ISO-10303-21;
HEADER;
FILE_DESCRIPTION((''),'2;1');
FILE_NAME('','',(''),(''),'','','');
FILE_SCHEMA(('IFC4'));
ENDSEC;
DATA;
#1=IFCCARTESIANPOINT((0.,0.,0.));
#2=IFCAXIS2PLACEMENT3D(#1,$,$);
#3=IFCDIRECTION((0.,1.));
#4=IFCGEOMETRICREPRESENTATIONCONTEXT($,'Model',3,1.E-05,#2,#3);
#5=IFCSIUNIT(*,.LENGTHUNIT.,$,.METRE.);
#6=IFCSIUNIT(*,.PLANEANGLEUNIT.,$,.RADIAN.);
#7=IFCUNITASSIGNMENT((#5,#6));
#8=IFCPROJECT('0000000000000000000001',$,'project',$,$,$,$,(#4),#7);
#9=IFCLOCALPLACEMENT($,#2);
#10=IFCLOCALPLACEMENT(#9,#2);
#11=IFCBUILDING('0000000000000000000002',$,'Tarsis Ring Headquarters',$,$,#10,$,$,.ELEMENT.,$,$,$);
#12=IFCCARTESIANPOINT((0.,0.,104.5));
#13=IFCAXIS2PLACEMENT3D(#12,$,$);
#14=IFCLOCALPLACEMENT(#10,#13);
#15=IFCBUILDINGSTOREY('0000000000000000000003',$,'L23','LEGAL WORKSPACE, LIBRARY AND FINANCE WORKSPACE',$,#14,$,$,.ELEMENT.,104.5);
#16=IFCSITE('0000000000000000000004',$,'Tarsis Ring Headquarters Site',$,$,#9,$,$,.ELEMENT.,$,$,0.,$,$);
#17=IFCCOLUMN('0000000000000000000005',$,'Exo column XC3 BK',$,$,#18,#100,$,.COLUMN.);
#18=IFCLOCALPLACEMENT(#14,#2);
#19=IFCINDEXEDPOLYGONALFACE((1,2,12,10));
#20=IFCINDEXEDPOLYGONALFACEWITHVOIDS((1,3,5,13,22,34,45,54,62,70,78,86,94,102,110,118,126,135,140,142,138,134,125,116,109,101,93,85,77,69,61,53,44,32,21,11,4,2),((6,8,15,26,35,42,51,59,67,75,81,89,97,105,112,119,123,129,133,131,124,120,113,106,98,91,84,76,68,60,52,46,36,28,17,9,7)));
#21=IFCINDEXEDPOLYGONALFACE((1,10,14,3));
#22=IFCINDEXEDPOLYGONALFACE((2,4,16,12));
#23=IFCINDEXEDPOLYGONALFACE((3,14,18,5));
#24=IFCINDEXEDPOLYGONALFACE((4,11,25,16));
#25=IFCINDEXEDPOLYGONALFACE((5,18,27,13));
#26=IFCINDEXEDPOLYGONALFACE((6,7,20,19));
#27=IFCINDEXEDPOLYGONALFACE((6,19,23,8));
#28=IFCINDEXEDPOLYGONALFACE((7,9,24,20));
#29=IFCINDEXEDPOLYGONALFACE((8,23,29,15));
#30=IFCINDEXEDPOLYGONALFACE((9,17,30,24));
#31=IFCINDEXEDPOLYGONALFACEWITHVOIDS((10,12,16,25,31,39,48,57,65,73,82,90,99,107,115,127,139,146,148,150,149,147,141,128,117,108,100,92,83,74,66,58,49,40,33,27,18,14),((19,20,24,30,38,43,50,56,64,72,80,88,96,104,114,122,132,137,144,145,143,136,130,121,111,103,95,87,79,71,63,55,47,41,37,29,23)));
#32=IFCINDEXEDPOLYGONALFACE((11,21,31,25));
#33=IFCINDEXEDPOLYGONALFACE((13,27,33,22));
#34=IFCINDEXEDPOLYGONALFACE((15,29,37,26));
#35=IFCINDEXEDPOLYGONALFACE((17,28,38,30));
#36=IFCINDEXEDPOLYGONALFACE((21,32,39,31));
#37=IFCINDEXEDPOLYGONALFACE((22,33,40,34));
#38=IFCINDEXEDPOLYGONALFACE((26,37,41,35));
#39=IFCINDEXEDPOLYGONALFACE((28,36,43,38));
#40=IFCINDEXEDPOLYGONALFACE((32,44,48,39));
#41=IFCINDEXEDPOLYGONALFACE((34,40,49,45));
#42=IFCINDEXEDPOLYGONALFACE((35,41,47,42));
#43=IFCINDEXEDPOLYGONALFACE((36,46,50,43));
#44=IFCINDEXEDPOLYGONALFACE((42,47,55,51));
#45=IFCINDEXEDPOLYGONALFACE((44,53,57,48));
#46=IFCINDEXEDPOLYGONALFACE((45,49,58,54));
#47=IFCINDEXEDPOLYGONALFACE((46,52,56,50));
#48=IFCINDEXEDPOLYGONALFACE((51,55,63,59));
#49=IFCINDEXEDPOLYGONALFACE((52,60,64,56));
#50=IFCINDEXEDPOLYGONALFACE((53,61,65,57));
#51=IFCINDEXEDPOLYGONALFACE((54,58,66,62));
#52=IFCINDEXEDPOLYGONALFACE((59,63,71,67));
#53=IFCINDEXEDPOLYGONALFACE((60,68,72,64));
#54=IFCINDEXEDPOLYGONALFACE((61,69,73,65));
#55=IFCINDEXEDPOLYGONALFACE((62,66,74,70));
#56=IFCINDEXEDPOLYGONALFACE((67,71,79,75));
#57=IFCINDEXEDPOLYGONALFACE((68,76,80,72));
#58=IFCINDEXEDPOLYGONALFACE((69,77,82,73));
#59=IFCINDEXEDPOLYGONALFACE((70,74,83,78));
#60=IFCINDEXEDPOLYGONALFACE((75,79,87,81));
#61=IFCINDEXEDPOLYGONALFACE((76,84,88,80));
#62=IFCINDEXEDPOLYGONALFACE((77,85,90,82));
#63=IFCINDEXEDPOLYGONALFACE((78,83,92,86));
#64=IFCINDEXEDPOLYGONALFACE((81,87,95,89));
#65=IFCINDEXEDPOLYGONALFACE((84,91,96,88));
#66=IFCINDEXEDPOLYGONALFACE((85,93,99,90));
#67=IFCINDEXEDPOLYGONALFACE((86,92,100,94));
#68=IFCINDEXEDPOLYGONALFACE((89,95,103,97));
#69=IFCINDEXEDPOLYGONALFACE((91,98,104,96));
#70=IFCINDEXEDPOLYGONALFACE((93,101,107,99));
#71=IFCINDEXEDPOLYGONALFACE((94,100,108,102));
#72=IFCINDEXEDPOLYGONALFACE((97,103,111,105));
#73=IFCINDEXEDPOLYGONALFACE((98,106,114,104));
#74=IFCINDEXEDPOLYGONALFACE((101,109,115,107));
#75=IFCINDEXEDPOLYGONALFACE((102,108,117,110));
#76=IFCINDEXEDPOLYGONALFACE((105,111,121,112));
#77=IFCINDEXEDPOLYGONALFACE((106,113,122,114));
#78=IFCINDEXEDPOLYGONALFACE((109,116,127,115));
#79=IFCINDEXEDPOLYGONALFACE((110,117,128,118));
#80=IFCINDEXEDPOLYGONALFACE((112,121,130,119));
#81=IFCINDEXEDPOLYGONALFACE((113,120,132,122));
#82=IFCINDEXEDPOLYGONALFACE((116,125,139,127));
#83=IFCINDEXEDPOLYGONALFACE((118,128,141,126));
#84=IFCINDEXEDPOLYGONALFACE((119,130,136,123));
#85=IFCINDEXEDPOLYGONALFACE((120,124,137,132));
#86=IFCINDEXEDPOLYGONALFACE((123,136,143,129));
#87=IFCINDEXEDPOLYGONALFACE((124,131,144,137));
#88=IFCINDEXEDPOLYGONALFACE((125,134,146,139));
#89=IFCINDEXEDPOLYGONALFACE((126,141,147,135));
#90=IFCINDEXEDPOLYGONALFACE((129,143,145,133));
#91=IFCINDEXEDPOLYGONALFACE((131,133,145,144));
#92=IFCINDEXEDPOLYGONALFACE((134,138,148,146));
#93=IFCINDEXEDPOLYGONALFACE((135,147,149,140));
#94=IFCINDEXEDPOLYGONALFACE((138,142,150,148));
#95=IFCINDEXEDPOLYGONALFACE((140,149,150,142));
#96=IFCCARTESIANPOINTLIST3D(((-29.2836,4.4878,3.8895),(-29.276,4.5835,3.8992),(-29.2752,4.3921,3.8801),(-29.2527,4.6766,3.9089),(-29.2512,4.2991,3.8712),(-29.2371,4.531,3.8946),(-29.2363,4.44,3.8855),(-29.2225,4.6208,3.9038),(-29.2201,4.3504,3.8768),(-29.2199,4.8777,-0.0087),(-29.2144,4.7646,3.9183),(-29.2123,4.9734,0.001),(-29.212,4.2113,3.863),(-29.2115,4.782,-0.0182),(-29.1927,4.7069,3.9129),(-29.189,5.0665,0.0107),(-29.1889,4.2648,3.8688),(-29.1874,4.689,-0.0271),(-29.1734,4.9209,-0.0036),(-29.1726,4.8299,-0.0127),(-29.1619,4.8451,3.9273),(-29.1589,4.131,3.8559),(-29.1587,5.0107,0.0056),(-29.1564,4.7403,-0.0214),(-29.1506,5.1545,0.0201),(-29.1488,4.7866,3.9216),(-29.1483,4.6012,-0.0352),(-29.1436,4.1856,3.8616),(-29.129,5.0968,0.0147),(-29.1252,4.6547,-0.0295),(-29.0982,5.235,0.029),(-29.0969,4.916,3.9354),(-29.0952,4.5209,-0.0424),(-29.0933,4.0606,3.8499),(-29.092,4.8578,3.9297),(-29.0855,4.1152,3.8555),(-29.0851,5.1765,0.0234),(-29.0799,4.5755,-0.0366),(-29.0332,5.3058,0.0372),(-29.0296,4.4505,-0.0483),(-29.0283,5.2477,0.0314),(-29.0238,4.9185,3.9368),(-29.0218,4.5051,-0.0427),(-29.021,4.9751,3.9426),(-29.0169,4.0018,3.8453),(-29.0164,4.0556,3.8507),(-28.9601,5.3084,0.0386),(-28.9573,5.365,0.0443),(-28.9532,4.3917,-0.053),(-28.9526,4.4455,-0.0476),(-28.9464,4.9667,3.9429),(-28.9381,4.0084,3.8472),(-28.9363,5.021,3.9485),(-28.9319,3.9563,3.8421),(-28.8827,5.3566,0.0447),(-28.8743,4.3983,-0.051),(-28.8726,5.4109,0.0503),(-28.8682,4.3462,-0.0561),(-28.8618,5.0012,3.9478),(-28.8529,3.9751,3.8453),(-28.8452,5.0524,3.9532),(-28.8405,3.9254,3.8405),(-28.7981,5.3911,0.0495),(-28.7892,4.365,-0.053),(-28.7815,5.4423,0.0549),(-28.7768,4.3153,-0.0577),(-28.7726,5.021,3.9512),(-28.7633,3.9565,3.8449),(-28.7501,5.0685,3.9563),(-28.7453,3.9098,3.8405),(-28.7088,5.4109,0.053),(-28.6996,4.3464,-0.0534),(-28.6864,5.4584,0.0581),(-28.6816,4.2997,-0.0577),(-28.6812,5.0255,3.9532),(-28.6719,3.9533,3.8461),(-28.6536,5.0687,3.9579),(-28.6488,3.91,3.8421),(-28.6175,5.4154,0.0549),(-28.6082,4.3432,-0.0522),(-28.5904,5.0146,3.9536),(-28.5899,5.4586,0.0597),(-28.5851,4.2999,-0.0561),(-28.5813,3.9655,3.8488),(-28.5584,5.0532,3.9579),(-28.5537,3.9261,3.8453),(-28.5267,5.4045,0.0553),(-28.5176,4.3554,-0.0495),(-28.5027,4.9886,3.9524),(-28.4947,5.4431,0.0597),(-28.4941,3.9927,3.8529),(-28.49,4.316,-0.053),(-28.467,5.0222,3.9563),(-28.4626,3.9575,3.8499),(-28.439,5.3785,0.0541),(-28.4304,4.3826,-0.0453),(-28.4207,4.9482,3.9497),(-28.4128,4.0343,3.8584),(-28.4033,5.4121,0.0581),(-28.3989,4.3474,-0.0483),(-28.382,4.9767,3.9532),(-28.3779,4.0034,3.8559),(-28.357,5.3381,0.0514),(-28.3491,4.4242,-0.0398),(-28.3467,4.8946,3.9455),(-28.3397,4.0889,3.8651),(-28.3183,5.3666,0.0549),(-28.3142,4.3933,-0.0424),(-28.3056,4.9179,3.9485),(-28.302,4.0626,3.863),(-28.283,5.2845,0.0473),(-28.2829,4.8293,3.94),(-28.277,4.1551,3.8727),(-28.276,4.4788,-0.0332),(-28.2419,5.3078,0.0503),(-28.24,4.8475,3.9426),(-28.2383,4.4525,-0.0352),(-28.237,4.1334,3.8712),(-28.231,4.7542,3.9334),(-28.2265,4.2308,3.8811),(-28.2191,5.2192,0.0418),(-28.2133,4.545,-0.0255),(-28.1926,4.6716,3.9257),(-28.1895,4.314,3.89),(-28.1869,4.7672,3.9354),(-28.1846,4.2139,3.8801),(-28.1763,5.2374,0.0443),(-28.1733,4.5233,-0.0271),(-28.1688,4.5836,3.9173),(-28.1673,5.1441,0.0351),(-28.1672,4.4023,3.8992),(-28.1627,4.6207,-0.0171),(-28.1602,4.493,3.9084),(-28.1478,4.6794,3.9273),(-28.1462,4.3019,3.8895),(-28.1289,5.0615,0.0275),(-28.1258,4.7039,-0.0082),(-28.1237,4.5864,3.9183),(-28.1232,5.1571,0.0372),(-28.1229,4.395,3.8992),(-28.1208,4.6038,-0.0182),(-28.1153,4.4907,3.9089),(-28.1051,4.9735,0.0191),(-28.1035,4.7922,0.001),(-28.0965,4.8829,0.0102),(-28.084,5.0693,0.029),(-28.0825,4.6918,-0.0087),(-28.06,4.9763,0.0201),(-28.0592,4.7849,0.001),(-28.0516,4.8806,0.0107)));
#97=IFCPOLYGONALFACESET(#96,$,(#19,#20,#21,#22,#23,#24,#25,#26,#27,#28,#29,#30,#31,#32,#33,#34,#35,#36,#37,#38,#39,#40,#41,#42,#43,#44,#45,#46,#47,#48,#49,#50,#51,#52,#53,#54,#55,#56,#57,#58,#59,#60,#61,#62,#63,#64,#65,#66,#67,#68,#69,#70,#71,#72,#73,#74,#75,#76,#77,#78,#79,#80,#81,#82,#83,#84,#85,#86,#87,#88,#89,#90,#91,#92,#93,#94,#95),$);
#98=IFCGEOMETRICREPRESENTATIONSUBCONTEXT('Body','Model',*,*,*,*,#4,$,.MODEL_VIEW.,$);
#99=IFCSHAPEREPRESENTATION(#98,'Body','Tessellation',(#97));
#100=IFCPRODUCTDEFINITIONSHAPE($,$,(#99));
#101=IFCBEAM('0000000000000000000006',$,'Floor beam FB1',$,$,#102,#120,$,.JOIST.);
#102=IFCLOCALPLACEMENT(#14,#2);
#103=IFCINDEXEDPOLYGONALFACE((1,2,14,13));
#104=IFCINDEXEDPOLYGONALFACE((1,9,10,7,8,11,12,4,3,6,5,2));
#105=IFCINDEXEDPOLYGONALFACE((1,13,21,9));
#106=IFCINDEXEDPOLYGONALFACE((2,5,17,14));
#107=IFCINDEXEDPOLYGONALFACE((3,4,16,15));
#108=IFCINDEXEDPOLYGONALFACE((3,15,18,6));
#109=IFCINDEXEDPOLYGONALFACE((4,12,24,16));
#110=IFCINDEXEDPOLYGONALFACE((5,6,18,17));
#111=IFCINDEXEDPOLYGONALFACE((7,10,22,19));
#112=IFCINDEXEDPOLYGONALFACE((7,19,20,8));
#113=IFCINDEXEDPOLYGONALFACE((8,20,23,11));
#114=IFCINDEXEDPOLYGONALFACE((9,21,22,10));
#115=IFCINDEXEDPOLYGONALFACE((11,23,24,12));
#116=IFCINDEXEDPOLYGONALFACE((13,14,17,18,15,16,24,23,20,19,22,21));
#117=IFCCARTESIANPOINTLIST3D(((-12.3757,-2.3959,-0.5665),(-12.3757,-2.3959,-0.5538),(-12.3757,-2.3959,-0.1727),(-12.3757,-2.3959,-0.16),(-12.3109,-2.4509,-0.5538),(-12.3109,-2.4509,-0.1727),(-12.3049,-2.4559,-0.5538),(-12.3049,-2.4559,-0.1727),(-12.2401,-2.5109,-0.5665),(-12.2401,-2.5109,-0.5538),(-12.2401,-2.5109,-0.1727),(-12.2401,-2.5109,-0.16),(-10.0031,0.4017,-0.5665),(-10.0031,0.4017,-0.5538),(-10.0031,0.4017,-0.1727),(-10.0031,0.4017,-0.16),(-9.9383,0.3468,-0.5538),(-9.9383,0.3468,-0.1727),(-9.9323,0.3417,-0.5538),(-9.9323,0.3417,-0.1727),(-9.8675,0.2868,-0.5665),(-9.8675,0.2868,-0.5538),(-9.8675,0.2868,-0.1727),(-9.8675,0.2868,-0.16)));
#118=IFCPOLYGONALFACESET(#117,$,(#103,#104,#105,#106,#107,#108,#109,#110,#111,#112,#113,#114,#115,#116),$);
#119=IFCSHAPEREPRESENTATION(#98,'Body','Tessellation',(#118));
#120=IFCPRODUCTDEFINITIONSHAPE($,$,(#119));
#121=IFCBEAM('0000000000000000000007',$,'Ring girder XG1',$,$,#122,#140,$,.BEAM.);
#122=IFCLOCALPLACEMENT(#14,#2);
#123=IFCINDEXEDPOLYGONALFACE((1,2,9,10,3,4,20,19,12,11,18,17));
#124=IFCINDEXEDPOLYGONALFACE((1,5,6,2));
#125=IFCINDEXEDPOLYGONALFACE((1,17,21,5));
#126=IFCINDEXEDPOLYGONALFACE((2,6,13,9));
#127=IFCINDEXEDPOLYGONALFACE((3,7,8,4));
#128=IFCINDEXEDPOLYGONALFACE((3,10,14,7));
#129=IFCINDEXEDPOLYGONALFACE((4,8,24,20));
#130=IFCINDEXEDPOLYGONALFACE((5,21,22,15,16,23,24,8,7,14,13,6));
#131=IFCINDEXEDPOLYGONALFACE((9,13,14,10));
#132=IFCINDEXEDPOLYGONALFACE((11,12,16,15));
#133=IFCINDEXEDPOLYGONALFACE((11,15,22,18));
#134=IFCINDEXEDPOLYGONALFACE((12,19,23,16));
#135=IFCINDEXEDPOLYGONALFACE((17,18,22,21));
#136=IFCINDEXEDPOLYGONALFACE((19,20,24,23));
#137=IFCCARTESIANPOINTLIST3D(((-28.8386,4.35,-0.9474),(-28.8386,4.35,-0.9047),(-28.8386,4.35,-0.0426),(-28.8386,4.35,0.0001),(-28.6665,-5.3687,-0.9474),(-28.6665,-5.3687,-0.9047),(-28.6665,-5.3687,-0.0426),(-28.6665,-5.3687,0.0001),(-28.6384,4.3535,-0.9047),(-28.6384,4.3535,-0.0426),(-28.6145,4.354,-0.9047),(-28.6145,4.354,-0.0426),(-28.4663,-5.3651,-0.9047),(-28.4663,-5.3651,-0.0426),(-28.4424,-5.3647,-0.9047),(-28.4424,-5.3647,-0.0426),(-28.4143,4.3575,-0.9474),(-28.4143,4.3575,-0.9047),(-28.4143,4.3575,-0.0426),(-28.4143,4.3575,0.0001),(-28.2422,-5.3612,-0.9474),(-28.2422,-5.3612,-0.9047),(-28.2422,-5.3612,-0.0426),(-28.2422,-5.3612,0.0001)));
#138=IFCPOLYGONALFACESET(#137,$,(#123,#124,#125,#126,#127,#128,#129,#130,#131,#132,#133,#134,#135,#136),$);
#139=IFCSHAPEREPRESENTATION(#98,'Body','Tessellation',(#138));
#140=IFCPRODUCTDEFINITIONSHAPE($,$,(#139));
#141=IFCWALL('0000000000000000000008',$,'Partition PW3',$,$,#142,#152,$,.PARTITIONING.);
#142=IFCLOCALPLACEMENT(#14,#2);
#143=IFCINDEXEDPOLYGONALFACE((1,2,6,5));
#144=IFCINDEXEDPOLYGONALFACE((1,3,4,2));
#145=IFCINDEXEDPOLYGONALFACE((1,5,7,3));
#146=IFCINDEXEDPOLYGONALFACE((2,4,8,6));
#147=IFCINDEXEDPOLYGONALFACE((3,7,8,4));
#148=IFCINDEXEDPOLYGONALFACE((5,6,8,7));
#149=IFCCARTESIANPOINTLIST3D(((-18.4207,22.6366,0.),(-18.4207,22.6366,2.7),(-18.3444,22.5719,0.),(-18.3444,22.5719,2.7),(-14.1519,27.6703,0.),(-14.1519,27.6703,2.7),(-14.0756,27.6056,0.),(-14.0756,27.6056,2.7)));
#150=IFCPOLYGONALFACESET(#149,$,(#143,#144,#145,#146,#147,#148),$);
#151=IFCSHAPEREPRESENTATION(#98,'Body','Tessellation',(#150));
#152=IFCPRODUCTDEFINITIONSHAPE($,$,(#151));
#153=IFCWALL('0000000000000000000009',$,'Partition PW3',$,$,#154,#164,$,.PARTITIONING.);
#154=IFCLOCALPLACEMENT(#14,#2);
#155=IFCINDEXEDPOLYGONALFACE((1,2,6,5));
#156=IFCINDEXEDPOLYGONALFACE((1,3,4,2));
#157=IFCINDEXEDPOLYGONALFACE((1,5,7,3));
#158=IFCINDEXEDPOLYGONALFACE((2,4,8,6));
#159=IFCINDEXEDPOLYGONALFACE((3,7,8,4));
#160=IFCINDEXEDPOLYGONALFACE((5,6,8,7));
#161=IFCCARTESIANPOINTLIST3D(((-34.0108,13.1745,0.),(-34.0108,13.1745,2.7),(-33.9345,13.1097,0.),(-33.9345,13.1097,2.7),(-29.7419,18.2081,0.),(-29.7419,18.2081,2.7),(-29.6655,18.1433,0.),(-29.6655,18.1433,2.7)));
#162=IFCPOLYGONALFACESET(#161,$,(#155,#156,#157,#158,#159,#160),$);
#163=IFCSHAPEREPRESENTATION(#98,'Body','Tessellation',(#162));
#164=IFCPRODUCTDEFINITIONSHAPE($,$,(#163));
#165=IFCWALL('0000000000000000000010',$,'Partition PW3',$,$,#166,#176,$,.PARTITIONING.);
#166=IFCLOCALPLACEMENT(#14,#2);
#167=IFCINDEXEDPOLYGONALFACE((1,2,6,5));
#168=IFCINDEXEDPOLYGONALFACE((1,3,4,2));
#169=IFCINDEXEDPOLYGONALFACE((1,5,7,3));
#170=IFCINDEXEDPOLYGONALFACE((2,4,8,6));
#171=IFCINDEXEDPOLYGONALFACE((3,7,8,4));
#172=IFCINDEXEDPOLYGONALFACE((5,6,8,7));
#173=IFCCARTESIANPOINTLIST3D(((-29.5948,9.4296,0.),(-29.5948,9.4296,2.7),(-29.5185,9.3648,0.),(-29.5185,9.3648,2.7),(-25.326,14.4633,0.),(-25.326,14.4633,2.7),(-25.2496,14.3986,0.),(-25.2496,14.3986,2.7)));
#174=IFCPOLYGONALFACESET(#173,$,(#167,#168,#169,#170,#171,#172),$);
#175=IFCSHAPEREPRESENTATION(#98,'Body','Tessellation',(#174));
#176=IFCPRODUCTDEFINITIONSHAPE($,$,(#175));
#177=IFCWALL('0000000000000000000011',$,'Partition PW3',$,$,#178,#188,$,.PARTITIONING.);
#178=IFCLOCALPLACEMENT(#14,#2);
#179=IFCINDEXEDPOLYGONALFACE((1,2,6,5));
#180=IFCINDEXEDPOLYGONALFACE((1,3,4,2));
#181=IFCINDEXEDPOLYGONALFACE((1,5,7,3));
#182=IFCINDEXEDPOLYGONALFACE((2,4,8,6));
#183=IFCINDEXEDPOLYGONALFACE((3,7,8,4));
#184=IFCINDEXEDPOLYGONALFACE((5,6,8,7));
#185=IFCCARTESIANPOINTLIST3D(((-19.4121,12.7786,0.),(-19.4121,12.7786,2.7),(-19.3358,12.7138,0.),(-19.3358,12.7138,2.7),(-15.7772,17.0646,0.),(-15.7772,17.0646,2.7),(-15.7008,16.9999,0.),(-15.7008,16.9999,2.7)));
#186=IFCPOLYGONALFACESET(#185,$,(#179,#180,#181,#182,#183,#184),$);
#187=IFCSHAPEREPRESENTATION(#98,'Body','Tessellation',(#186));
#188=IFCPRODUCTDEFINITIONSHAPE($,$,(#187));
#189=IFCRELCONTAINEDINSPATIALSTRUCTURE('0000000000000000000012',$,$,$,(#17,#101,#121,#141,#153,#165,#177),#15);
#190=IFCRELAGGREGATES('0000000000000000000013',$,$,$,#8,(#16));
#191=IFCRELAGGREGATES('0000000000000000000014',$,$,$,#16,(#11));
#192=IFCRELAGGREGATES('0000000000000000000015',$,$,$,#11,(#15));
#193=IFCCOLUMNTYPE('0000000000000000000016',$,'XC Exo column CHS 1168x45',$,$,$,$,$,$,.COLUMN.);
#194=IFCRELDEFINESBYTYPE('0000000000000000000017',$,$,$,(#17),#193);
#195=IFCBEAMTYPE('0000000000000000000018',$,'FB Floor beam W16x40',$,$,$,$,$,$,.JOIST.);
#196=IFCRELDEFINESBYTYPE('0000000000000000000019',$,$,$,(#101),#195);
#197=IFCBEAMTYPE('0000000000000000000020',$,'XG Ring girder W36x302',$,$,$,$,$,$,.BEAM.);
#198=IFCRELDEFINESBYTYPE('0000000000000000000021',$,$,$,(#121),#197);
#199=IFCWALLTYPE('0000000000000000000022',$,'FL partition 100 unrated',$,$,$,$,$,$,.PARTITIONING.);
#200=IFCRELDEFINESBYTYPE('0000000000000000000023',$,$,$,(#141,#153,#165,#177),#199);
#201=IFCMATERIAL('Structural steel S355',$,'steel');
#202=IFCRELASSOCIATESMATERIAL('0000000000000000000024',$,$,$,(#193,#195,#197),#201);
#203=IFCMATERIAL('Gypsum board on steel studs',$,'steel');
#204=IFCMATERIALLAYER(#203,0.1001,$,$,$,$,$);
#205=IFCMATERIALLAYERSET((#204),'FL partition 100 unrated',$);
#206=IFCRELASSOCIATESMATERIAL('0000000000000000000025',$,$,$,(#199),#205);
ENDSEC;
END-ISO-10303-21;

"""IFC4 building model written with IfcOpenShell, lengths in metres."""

from ifc_helpers import new_model, si_unit, direction, frame, frame_2d, origin, origin_2d, place, context, subcontext, project, spatial, rectangle, hollow_circle, i_section, extrude, material, layer, layer_set, material_profile, profile_set, type_object, element, save


model = new_model("IFC4")

# Units and contexts
model_context = context("Model", 3, precision=1e-05, world=origin(), true_north=direction((0.0, 1.0)))
body_context = subcontext(model_context, "Body", "Model", "MODEL_VIEW")
ifc_project = project(units=[si_unit("LENGTHUNIT", "METRE"), si_unit("PLANEANGLEUNIT", "RADIAN")], contexts=[model_context])

# Site, building, storey
site_placement = place(None, origin())
site = spatial("IfcSite", under=ifc_project, at=site_placement, Name="Tarsis Ring Headquarters Site", CompositionType="ELEMENT", RefElevation=0.0)
building_placement = place(site_placement, origin())
building = spatial("IfcBuilding", under=site, at=building_placement, Name="Tarsis Ring Headquarters", CompositionType="ELEMENT")
storey_placement = place(building_placement, frame((0.0, 0.0, 104.5)))
storey = spatial("IfcBuildingStorey", under=building, at=storey_placement, Name="L23", Description="LEGAL WORKSPACE, LIBRARY AND FINANCE WORKSPACE", CompositionType="ELEMENT", Elevation=104.5)

# Column
ifc_material_1 = material(Name="Structural steel S355", Category="steel")
ifc_material_profile_1 = material_profile(ifc_material_1, hollow_circle(Radius=0.5842, WallThickness=0.0449, at=origin_2d()), Name="CHS 1168x45")
ifc_profile_set_1 = profile_set([ifc_material_profile_1], Name="Structural steel S355")
column_type = type_object("IfcColumnType", Name="XC Exo column CHS 1168x45", PredefinedType="COLUMN", material=ifc_profile_set_1)
column_placement = place(storey_placement, frame((-28.6357, 4.8792, 0.001), z_axis=(-0.016263, -0.099509, 0.994904), x_axis=(0.986907, -0.161292, 0.0)))
element("IfcColumn", 1, at=column_placement, inside=storey, type_object=column_type, Name="Exo column XC3 BK", PredefinedType="COLUMN", context=body_context, shape_type="SweptSolid", body=[
    extrude(hollow_circle(Radius=0.5842, WallThickness=0.0449, at=origin_2d()), origin(), (0.0, 0.0, 1.0), 3.9182),
])

# Beams
ifc_material_profile_2 = material_profile(ifc_material_1, i_section(OverallWidth=0.1777, OverallDepth=0.4065, WebThickness=0.0078, FlangeThickness=0.0127, at=origin_2d()), Name="W16x40")
ifc_profile_set_2 = profile_set([ifc_material_profile_2], Name="Structural steel S355")
beam_type_1 = type_object("IfcBeamType", Name="FB Floor beam W16x40", PredefinedType="JOIST", material=ifc_profile_set_2)
beam_1_placement = place(storey_placement, frame((-9.9353, 0.3442, -0.3633), z_axis=(-0.646792, -0.762666, 0.0), x_axis=(0.762666, -0.646792, 0.0)))
element("IfcBeam", 2, at=beam_1_placement, inside=storey, type_object=beam_type_1, Name="Floor beam FB1", PredefinedType="JOIST", context=body_context, shape_type="SweptSolid", body=[
    extrude(i_section(OverallWidth=0.1777, OverallDepth=0.4065, WebThickness=0.0078, FlangeThickness=0.0127, at=origin_2d()), origin(), (0.0, 0.0, 1.0), 3.6682),
])
ifc_material_profile_3 = material_profile(ifc_material_1, i_section(OverallWidth=0.4243, OverallDepth=0.9475, WebThickness=0.0239, FlangeThickness=0.0427, at=origin_2d()), Name="W36x302")
ifc_profile_set_3 = profile_set([ifc_material_profile_3], Name="Structural steel S355")
beam_type_2 = type_object("IfcBeamType", Name="XG Ring girder W36x302", PredefinedType="BEAM", material=ifc_profile_set_3)
beam_2_placement = place(storey_placement, frame((-28.6265, 4.3538, -0.4736), z_axis=(0.017707, -0.999843, 0.0), x_axis=(0.999843, 0.017707, 0.0)))
element("IfcBeam", 3, at=beam_2_placement, inside=storey, type_object=beam_type_2, Name="Ring girder XG1", PredefinedType="BEAM", context=body_context, shape_type="SweptSolid", body=[
    extrude(i_section(OverallWidth=0.4243, OverallDepth=0.9475, WebThickness=0.0239, FlangeThickness=0.0427, at=origin_2d()), origin(), (0.0, 0.0, 1.0), 9.7202),
])

# Walls
ifc_material_2 = material(Name="Gypsum board on steel studs", Category="steel")
ifc_layer_1 = layer(ifc_material_2, 0.1001)
ifc_layer_set_1 = layer_set([ifc_layer_1], Name="FL partition 100 unrated")
wall_type_1 = type_object("IfcWallType", Name="FL partition 100 unrated", PredefinedType="PARTITIONING", material=ifc_layer_set_1)
for number, where, z_axis, x_axis, name in (
    (4, (-18.3826, 22.6042, 0.0), (0.0, 0.0, 1.0), (0.646783, 0.762674, 0.0), "Partition PW3"),
    (5, (-33.9727, 13.1421, 0.0), (0.0, 0.0, 1.0), (0.646804, 0.762656, 0.0), "Partition PW3"),
    (6, (-29.5566, 9.3972, 0.0), (0.0, 0.0, 1.0), (0.646783, 0.762674, 0.0), "Partition PW3"),
):
    element("IfcWall", number, at=place(storey_placement, frame(where, z_axis=z_axis, x_axis=x_axis)), inside=storey, type_object=wall_type_1, Name=name, PredefinedType="PARTITIONING", context=body_context, shape_type="SweptSolid", body=[
        extrude(rectangle(XDim=6.6001, YDim=0.1001, at=frame_2d((3.3, 0.0))), origin(), (0.0, 0.0, 1.0), 2.7),
    ])
wall_1_placement = place(storey_placement, frame((-19.374, 12.7461, 0.0), z_axis=(0.0, 0.0, 1.0), x_axis=(0.646801, 0.762659, 0.0)))
element("IfcWall", 7, at=wall_1_placement, inside=storey, type_object=wall_type_1, Name="Partition PW3", PredefinedType="PARTITIONING", context=body_context, shape_type="SweptSolid", body=[
    extrude(rectangle(XDim=5.6199, YDim=0.1001, at=frame_2d((2.8101, 0.0))), origin(), (0.0, 0.0, 1.0), 2.7),
])

save(model, "model.ifc")
